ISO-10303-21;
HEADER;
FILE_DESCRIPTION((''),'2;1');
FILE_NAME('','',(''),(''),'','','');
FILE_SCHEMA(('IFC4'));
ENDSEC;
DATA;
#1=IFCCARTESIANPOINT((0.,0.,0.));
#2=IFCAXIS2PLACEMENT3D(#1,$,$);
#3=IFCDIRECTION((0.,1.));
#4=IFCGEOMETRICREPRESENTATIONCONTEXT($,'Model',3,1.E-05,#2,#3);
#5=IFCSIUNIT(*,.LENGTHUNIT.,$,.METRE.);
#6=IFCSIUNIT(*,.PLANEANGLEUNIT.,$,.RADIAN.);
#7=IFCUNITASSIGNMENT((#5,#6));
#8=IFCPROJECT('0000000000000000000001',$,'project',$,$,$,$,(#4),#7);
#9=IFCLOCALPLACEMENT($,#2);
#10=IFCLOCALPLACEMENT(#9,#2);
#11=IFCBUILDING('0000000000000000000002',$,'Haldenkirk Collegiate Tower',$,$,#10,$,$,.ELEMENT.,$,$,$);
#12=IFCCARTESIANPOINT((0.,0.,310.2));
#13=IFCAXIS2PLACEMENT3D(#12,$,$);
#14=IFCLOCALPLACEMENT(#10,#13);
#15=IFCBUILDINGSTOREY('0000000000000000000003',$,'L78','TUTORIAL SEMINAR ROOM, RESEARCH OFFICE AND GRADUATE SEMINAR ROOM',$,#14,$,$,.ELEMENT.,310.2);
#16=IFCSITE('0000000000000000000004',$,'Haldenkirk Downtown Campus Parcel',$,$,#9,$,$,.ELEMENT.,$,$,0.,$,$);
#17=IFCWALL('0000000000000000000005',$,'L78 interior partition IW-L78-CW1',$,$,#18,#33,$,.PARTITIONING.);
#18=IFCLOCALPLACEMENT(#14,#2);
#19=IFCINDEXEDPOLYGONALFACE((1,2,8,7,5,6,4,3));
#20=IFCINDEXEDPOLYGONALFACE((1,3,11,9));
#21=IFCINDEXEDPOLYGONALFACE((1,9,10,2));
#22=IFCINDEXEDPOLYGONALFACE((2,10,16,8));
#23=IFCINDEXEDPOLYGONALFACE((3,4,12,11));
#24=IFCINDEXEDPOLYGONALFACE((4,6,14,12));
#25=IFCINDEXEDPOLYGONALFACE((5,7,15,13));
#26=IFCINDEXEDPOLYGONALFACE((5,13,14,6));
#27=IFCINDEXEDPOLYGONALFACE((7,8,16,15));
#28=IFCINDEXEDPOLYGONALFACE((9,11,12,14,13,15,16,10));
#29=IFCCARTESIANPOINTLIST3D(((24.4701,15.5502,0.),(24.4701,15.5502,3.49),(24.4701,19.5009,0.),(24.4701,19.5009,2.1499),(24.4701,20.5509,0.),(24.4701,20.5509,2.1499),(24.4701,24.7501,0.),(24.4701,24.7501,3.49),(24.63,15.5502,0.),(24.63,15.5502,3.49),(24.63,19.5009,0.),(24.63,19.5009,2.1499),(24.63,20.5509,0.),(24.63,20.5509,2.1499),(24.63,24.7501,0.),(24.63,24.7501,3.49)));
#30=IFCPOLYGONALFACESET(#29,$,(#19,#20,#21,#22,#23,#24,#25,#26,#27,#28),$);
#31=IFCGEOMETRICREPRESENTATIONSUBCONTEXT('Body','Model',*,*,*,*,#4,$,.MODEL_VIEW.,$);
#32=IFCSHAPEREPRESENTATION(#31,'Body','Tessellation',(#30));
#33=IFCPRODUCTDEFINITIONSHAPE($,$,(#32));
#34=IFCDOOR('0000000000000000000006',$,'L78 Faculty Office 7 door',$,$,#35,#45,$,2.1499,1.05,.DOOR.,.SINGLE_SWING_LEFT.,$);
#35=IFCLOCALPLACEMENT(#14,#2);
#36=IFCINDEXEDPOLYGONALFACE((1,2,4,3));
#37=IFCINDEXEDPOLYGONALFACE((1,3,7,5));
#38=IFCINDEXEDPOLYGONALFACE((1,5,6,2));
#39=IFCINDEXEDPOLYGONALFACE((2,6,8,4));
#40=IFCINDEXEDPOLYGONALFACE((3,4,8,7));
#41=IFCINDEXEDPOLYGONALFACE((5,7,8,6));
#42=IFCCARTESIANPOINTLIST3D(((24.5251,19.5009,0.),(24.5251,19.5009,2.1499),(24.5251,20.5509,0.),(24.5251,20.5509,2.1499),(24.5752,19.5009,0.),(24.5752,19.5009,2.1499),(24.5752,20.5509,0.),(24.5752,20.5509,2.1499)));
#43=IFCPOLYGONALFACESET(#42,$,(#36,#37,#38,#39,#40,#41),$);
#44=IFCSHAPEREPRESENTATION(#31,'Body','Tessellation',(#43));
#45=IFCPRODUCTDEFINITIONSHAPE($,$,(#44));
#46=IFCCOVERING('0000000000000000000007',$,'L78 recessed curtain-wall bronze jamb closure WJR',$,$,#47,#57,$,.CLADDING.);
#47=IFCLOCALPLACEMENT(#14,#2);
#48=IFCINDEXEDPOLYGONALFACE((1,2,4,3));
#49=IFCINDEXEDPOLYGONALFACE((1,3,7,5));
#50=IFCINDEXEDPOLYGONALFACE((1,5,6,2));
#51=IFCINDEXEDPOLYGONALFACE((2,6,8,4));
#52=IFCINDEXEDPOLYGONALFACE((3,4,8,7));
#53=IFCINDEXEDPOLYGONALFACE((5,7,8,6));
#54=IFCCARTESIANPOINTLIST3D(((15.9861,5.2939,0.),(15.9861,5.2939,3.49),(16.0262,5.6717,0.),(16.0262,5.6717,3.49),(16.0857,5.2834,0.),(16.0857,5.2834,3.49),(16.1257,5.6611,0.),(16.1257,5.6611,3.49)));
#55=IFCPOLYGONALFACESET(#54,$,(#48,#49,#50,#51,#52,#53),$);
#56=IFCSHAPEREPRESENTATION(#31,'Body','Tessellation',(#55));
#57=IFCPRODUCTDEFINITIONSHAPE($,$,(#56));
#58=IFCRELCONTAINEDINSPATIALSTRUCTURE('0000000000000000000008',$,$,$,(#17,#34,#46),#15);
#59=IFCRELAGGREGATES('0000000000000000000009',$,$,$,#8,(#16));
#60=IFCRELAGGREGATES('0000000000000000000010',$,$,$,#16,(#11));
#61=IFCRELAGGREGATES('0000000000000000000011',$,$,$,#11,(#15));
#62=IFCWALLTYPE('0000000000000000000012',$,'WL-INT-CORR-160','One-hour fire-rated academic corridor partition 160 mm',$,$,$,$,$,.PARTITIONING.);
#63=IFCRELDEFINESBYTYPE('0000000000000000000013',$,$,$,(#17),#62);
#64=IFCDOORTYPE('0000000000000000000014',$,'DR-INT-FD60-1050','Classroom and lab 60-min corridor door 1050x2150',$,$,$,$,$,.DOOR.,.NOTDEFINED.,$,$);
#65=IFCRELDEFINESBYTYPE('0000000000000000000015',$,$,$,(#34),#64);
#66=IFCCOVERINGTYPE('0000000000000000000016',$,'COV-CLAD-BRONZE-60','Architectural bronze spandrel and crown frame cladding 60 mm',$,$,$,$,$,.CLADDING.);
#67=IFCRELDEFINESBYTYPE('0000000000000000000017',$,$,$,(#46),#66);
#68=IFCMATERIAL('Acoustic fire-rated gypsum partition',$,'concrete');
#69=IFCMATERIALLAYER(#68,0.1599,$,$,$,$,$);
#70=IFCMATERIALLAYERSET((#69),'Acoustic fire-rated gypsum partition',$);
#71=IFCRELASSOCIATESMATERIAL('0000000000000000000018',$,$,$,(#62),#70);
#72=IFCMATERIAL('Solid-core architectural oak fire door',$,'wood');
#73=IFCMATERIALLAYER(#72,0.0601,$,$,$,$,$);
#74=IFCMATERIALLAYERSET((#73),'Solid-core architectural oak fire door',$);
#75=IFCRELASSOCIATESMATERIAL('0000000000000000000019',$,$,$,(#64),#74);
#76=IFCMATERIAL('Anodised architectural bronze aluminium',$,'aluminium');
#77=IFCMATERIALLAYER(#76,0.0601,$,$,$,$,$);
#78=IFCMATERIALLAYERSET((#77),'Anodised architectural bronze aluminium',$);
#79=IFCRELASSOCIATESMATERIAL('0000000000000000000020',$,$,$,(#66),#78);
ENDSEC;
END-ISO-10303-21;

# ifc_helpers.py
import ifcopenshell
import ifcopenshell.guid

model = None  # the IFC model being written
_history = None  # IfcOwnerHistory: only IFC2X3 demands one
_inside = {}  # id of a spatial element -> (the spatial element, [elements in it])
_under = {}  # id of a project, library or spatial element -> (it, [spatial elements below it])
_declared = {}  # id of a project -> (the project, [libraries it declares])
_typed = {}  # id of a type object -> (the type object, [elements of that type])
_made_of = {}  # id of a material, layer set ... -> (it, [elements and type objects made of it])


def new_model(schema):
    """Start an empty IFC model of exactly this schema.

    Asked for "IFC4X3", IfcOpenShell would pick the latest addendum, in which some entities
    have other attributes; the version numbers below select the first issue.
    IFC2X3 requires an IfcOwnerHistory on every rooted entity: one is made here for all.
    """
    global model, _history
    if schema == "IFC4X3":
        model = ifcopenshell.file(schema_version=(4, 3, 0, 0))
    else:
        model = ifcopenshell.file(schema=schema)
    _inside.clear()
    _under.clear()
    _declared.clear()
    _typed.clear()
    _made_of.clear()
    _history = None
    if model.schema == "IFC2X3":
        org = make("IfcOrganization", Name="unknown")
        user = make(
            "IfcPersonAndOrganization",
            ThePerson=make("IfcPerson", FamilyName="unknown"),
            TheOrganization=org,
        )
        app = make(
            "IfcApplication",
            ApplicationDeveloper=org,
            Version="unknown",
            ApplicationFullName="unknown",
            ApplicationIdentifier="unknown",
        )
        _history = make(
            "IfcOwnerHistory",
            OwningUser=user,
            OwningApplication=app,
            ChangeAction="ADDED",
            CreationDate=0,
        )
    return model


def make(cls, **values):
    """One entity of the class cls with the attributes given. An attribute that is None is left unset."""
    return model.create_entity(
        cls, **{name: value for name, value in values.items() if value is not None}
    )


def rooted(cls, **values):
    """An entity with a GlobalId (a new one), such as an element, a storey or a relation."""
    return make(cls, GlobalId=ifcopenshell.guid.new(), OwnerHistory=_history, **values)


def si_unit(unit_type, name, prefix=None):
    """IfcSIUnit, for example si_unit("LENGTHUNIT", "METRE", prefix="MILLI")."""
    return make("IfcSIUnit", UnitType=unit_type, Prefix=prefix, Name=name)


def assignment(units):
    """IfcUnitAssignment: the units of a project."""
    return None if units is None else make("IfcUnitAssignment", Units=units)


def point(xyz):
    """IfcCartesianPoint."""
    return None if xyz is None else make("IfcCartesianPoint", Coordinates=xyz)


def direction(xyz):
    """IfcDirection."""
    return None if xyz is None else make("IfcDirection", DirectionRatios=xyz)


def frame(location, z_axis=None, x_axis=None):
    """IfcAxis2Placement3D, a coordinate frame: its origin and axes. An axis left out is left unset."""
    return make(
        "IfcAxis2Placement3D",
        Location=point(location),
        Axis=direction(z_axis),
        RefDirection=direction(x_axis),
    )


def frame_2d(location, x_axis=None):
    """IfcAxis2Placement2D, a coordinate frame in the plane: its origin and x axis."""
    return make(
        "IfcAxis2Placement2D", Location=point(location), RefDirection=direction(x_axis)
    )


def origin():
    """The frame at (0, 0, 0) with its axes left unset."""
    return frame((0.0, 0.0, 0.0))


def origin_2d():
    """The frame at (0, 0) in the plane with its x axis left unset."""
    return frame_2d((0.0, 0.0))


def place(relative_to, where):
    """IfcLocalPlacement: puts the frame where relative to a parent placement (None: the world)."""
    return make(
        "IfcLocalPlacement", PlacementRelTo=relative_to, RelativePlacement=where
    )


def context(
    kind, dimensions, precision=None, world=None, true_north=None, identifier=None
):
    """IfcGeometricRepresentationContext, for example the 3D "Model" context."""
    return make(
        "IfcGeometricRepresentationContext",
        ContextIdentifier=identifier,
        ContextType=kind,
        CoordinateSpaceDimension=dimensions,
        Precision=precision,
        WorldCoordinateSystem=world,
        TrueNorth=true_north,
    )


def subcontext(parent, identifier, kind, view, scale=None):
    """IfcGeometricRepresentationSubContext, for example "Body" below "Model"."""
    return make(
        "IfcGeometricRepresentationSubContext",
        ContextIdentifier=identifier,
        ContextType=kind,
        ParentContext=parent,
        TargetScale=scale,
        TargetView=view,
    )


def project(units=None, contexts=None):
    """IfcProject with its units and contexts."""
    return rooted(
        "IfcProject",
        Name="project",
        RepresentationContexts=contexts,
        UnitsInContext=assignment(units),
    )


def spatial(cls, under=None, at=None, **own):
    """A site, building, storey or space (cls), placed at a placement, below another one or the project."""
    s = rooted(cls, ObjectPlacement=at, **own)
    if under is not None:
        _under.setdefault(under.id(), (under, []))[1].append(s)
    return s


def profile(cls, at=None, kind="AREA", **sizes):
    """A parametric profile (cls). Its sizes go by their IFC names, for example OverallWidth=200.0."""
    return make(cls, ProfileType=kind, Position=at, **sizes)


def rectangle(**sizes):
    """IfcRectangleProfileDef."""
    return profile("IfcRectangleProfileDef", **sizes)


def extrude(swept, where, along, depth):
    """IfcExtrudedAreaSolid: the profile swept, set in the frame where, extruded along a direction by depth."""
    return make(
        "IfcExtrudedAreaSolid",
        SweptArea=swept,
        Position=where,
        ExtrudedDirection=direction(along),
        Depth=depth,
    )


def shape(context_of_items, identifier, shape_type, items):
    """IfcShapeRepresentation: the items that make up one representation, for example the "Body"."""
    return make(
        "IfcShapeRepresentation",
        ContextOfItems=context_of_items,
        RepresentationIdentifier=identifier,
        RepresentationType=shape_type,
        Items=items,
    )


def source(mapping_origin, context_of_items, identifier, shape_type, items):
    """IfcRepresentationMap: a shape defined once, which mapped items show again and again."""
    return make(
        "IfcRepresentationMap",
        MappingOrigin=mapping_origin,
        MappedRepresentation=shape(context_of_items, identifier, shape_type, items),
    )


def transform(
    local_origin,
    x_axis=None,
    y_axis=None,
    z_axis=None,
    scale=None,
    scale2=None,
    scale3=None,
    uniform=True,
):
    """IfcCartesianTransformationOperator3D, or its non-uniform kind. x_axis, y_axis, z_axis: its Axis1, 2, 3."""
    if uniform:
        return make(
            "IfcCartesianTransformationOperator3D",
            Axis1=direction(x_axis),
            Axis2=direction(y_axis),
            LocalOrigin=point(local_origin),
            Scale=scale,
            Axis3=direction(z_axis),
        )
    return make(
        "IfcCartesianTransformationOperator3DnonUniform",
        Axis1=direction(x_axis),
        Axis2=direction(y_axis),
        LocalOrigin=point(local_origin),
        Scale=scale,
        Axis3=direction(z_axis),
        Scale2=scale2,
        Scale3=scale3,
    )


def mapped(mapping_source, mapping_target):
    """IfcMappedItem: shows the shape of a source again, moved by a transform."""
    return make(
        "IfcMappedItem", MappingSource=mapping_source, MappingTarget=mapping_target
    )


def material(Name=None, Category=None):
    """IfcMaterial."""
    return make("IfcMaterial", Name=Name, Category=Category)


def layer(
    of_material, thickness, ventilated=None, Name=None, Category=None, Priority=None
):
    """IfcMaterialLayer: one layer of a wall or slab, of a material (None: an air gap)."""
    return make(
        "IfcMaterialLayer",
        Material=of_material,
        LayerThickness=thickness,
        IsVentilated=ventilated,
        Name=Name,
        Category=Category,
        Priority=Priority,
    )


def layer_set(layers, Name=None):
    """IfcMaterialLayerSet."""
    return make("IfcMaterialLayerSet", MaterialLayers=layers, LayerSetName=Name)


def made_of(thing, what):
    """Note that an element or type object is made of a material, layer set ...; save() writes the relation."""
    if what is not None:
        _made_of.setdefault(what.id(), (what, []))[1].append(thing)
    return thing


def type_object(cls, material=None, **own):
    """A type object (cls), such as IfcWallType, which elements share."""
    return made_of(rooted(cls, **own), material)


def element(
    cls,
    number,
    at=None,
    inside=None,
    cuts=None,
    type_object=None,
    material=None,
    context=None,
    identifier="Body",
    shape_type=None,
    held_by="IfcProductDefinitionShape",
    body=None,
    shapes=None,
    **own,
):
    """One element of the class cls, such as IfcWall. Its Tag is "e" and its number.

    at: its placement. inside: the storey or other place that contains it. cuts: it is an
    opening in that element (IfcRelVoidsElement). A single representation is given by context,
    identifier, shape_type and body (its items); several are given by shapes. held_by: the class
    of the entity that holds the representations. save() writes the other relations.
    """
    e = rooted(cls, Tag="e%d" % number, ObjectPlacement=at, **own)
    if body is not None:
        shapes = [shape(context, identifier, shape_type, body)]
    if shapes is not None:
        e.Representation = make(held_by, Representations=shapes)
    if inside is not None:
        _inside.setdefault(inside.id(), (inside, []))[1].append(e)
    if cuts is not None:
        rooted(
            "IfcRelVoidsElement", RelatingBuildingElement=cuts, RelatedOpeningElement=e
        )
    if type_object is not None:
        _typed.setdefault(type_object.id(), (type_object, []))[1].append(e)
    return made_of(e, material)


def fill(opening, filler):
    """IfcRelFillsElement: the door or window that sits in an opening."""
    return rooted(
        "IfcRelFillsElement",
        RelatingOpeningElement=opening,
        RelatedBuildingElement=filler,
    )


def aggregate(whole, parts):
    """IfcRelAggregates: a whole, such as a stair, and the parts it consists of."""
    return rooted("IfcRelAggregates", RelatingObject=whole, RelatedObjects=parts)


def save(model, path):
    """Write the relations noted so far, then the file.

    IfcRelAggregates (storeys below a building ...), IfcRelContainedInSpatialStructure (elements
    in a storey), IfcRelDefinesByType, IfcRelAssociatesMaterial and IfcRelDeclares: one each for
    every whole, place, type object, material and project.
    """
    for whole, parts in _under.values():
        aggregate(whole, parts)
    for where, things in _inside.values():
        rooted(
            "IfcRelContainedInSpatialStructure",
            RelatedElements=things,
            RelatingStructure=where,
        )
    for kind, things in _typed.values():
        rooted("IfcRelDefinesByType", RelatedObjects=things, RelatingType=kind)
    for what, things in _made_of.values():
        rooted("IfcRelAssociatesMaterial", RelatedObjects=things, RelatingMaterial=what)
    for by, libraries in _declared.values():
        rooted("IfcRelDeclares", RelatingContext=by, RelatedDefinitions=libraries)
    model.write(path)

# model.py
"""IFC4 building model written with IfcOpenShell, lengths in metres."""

from ifc_helpers import new_model, si_unit, direction, frame, frame_2d, origin, origin_2d, place, context, subcontext, project, spatial, rectangle, extrude, source, transform, mapped, material, layer, layer_set, type_object, element, fill, save


model = new_model("IFC4")

# Units and contexts
model_context = context("Model", 3, precision=1e-05, world=origin(), true_north=direction((0.0, 1.0)))
body_context = subcontext(model_context, "Body", "Model", "MODEL_VIEW")
ifc_project = project(units=[si_unit("LENGTHUNIT", "METRE"), si_unit("PLANEANGLEUNIT", "RADIAN")], contexts=[model_context])

# Site, building, storey
site_placement = place(None, origin())
site = spatial("IfcSite", under=ifc_project, at=site_placement, Name="Haldenkirk Downtown Campus Parcel", CompositionType="ELEMENT", RefElevation=0.0)
building_placement = place(site_placement, origin())
building = spatial("IfcBuilding", under=site, at=building_placement, Name="Haldenkirk Collegiate Tower", CompositionType="ELEMENT")
storey_placement = place(building_placement, frame((0.0, 0.0, 310.2)))
storey = spatial("IfcBuildingStorey", under=building, at=storey_placement, Name="L78", Description="TUTORIAL SEMINAR ROOM, RESEARCH OFFICE AND GRADUATE SEMINAR ROOM", CompositionType="ELEMENT", Elevation=310.2)

# Shared definitions
ifc_material_1 = material(Name="Anodised architectural bronze aluminium", Category="aluminium")

# Wall, opening, door
ifc_material_2 = material(Name="Acoustic fire-rated gypsum partition", Category="concrete")
ifc_layer_1 = layer(ifc_material_2, 0.1599)
ifc_layer_set_1 = layer_set([ifc_layer_1], Name="Acoustic fire-rated gypsum partition")
wall_type_1 = type_object("IfcWallType", Name="WL-INT-CORR-160", Description="One-hour fire-rated academic corridor partition 160 mm", PredefinedType="PARTITIONING", material=ifc_layer_set_1)
ifc_material_3 = material(Name="Solid-core architectural oak fire door", Category="wood")
ifc_layer_2 = layer(ifc_material_3, 0.0601)
ifc_layer_set_2 = layer_set([ifc_layer_2], Name="Solid-core architectural oak fire door")
door_type = type_object("IfcDoorType", Name="DR-INT-FD60-1050", Description="Classroom and lab 60-min corridor door 1050x2150", OperationType="NOTDEFINED", PredefinedType="DOOR", material=ifc_layer_set_2)
wall_1_placement = place(storey_placement, frame((24.55, 15.55, 0.0), z_axis=(0.0, 0.0, 1.0), x_axis=(0.0, 1.0, 0.0)))
wall_1 = element("IfcWall", 1, at=wall_1_placement, inside=storey, type_object=wall_type_1, Name="L78 interior partition IW-L78-CW1", PredefinedType="PARTITIONING", context=body_context, shape_type="SweptSolid", body=[
    extrude(rectangle(XDim=9.2, YDim=0.1599, at=frame_2d((4.6001, 0.0))), origin(), (0.0, 0.0, 1.0), 3.49),
])
opening_1_placement = place(wall_1_placement, frame((3.9509, 0.0, 0.0)))
opening_1 = element("IfcOpeningElement", 2, at=opening_1_placement, cuts=wall_1, PredefinedType="OPENING", context=body_context, shape_type="SweptSolid", body=[
    extrude(rectangle(XDim=1.05, YDim=2.1499, at=frame_2d((0.5249, 1.075))), frame((0.0, 0.0898, 0.0), z_axis=(0.0, -1.0, 0.0), x_axis=(1.0, 0.0, 0.0)), (0.0, 0.0, 1.0), 0.1799),
])
door_1_placement = place(opening_1_placement, origin())
door_1 = element("IfcDoor", 3, at=door_1_placement, inside=storey, type_object=door_type, Name="L78 Faculty Office 7 door", OperationType="SINGLE_SWING_LEFT", OverallHeight=2.1499, OverallWidth=1.05, PredefinedType="DOOR", context=body_context, shape_type="SweptSolid", body=[
    extrude(rectangle(XDim=1.05, YDim=2.1499, at=frame_2d((0.5249, 1.075))), frame((0.0, 0.0249, 0.0), z_axis=(0.0, -1.0, 0.0), x_axis=(1.0, 0.0, 0.0)), (0.0, 0.0, 1.0), 0.05),
])
fill(opening_1, door_1)

# Covering
ifc_layer_3 = layer(ifc_material_1, 0.0601)
ifc_layer_set_3 = layer_set([ifc_layer_3], Name="Anodised architectural bronze aluminium")
covering_type = type_object("IfcCoveringType", Name="COV-CLAD-BRONZE-60", Description="Architectural bronze spandrel and crown frame cladding 60 mm", PredefinedType="CLADDING", material=ifc_layer_set_3)
shared_shape_1 = source(origin(), body_context, "Body", "SweptSolid", [
    extrude(rectangle(XDim=0.1001, YDim=0.3799, at=origin_2d()), origin(), (0.0, 0.0, 1.0), 3.49),
])
covering_placement = place(storey_placement, frame((16.0559, 5.4775, 0.0), z_axis=(0.0, 0.0, 1.0), x_axis=(-0.99443, 0.105396, 0.0)))
element("IfcCovering", 4, at=covering_placement, inside=storey, type_object=covering_type, Name="L78 recessed curtain-wall bronze jamb closure WJR", PredefinedType="CLADDING", context=body_context, shape_type="MappedRepresentation", body=[
    mapped(shared_shape_1, transform((0.0, 0.0, 0.0), x_axis=(1.0, 0.0, 0.0), y_axis=(0.0, 1.0, 0.0), z_axis=(0.0, 0.0, 1.0), scale=1.0)),
])

save(model, "model.ifc")
